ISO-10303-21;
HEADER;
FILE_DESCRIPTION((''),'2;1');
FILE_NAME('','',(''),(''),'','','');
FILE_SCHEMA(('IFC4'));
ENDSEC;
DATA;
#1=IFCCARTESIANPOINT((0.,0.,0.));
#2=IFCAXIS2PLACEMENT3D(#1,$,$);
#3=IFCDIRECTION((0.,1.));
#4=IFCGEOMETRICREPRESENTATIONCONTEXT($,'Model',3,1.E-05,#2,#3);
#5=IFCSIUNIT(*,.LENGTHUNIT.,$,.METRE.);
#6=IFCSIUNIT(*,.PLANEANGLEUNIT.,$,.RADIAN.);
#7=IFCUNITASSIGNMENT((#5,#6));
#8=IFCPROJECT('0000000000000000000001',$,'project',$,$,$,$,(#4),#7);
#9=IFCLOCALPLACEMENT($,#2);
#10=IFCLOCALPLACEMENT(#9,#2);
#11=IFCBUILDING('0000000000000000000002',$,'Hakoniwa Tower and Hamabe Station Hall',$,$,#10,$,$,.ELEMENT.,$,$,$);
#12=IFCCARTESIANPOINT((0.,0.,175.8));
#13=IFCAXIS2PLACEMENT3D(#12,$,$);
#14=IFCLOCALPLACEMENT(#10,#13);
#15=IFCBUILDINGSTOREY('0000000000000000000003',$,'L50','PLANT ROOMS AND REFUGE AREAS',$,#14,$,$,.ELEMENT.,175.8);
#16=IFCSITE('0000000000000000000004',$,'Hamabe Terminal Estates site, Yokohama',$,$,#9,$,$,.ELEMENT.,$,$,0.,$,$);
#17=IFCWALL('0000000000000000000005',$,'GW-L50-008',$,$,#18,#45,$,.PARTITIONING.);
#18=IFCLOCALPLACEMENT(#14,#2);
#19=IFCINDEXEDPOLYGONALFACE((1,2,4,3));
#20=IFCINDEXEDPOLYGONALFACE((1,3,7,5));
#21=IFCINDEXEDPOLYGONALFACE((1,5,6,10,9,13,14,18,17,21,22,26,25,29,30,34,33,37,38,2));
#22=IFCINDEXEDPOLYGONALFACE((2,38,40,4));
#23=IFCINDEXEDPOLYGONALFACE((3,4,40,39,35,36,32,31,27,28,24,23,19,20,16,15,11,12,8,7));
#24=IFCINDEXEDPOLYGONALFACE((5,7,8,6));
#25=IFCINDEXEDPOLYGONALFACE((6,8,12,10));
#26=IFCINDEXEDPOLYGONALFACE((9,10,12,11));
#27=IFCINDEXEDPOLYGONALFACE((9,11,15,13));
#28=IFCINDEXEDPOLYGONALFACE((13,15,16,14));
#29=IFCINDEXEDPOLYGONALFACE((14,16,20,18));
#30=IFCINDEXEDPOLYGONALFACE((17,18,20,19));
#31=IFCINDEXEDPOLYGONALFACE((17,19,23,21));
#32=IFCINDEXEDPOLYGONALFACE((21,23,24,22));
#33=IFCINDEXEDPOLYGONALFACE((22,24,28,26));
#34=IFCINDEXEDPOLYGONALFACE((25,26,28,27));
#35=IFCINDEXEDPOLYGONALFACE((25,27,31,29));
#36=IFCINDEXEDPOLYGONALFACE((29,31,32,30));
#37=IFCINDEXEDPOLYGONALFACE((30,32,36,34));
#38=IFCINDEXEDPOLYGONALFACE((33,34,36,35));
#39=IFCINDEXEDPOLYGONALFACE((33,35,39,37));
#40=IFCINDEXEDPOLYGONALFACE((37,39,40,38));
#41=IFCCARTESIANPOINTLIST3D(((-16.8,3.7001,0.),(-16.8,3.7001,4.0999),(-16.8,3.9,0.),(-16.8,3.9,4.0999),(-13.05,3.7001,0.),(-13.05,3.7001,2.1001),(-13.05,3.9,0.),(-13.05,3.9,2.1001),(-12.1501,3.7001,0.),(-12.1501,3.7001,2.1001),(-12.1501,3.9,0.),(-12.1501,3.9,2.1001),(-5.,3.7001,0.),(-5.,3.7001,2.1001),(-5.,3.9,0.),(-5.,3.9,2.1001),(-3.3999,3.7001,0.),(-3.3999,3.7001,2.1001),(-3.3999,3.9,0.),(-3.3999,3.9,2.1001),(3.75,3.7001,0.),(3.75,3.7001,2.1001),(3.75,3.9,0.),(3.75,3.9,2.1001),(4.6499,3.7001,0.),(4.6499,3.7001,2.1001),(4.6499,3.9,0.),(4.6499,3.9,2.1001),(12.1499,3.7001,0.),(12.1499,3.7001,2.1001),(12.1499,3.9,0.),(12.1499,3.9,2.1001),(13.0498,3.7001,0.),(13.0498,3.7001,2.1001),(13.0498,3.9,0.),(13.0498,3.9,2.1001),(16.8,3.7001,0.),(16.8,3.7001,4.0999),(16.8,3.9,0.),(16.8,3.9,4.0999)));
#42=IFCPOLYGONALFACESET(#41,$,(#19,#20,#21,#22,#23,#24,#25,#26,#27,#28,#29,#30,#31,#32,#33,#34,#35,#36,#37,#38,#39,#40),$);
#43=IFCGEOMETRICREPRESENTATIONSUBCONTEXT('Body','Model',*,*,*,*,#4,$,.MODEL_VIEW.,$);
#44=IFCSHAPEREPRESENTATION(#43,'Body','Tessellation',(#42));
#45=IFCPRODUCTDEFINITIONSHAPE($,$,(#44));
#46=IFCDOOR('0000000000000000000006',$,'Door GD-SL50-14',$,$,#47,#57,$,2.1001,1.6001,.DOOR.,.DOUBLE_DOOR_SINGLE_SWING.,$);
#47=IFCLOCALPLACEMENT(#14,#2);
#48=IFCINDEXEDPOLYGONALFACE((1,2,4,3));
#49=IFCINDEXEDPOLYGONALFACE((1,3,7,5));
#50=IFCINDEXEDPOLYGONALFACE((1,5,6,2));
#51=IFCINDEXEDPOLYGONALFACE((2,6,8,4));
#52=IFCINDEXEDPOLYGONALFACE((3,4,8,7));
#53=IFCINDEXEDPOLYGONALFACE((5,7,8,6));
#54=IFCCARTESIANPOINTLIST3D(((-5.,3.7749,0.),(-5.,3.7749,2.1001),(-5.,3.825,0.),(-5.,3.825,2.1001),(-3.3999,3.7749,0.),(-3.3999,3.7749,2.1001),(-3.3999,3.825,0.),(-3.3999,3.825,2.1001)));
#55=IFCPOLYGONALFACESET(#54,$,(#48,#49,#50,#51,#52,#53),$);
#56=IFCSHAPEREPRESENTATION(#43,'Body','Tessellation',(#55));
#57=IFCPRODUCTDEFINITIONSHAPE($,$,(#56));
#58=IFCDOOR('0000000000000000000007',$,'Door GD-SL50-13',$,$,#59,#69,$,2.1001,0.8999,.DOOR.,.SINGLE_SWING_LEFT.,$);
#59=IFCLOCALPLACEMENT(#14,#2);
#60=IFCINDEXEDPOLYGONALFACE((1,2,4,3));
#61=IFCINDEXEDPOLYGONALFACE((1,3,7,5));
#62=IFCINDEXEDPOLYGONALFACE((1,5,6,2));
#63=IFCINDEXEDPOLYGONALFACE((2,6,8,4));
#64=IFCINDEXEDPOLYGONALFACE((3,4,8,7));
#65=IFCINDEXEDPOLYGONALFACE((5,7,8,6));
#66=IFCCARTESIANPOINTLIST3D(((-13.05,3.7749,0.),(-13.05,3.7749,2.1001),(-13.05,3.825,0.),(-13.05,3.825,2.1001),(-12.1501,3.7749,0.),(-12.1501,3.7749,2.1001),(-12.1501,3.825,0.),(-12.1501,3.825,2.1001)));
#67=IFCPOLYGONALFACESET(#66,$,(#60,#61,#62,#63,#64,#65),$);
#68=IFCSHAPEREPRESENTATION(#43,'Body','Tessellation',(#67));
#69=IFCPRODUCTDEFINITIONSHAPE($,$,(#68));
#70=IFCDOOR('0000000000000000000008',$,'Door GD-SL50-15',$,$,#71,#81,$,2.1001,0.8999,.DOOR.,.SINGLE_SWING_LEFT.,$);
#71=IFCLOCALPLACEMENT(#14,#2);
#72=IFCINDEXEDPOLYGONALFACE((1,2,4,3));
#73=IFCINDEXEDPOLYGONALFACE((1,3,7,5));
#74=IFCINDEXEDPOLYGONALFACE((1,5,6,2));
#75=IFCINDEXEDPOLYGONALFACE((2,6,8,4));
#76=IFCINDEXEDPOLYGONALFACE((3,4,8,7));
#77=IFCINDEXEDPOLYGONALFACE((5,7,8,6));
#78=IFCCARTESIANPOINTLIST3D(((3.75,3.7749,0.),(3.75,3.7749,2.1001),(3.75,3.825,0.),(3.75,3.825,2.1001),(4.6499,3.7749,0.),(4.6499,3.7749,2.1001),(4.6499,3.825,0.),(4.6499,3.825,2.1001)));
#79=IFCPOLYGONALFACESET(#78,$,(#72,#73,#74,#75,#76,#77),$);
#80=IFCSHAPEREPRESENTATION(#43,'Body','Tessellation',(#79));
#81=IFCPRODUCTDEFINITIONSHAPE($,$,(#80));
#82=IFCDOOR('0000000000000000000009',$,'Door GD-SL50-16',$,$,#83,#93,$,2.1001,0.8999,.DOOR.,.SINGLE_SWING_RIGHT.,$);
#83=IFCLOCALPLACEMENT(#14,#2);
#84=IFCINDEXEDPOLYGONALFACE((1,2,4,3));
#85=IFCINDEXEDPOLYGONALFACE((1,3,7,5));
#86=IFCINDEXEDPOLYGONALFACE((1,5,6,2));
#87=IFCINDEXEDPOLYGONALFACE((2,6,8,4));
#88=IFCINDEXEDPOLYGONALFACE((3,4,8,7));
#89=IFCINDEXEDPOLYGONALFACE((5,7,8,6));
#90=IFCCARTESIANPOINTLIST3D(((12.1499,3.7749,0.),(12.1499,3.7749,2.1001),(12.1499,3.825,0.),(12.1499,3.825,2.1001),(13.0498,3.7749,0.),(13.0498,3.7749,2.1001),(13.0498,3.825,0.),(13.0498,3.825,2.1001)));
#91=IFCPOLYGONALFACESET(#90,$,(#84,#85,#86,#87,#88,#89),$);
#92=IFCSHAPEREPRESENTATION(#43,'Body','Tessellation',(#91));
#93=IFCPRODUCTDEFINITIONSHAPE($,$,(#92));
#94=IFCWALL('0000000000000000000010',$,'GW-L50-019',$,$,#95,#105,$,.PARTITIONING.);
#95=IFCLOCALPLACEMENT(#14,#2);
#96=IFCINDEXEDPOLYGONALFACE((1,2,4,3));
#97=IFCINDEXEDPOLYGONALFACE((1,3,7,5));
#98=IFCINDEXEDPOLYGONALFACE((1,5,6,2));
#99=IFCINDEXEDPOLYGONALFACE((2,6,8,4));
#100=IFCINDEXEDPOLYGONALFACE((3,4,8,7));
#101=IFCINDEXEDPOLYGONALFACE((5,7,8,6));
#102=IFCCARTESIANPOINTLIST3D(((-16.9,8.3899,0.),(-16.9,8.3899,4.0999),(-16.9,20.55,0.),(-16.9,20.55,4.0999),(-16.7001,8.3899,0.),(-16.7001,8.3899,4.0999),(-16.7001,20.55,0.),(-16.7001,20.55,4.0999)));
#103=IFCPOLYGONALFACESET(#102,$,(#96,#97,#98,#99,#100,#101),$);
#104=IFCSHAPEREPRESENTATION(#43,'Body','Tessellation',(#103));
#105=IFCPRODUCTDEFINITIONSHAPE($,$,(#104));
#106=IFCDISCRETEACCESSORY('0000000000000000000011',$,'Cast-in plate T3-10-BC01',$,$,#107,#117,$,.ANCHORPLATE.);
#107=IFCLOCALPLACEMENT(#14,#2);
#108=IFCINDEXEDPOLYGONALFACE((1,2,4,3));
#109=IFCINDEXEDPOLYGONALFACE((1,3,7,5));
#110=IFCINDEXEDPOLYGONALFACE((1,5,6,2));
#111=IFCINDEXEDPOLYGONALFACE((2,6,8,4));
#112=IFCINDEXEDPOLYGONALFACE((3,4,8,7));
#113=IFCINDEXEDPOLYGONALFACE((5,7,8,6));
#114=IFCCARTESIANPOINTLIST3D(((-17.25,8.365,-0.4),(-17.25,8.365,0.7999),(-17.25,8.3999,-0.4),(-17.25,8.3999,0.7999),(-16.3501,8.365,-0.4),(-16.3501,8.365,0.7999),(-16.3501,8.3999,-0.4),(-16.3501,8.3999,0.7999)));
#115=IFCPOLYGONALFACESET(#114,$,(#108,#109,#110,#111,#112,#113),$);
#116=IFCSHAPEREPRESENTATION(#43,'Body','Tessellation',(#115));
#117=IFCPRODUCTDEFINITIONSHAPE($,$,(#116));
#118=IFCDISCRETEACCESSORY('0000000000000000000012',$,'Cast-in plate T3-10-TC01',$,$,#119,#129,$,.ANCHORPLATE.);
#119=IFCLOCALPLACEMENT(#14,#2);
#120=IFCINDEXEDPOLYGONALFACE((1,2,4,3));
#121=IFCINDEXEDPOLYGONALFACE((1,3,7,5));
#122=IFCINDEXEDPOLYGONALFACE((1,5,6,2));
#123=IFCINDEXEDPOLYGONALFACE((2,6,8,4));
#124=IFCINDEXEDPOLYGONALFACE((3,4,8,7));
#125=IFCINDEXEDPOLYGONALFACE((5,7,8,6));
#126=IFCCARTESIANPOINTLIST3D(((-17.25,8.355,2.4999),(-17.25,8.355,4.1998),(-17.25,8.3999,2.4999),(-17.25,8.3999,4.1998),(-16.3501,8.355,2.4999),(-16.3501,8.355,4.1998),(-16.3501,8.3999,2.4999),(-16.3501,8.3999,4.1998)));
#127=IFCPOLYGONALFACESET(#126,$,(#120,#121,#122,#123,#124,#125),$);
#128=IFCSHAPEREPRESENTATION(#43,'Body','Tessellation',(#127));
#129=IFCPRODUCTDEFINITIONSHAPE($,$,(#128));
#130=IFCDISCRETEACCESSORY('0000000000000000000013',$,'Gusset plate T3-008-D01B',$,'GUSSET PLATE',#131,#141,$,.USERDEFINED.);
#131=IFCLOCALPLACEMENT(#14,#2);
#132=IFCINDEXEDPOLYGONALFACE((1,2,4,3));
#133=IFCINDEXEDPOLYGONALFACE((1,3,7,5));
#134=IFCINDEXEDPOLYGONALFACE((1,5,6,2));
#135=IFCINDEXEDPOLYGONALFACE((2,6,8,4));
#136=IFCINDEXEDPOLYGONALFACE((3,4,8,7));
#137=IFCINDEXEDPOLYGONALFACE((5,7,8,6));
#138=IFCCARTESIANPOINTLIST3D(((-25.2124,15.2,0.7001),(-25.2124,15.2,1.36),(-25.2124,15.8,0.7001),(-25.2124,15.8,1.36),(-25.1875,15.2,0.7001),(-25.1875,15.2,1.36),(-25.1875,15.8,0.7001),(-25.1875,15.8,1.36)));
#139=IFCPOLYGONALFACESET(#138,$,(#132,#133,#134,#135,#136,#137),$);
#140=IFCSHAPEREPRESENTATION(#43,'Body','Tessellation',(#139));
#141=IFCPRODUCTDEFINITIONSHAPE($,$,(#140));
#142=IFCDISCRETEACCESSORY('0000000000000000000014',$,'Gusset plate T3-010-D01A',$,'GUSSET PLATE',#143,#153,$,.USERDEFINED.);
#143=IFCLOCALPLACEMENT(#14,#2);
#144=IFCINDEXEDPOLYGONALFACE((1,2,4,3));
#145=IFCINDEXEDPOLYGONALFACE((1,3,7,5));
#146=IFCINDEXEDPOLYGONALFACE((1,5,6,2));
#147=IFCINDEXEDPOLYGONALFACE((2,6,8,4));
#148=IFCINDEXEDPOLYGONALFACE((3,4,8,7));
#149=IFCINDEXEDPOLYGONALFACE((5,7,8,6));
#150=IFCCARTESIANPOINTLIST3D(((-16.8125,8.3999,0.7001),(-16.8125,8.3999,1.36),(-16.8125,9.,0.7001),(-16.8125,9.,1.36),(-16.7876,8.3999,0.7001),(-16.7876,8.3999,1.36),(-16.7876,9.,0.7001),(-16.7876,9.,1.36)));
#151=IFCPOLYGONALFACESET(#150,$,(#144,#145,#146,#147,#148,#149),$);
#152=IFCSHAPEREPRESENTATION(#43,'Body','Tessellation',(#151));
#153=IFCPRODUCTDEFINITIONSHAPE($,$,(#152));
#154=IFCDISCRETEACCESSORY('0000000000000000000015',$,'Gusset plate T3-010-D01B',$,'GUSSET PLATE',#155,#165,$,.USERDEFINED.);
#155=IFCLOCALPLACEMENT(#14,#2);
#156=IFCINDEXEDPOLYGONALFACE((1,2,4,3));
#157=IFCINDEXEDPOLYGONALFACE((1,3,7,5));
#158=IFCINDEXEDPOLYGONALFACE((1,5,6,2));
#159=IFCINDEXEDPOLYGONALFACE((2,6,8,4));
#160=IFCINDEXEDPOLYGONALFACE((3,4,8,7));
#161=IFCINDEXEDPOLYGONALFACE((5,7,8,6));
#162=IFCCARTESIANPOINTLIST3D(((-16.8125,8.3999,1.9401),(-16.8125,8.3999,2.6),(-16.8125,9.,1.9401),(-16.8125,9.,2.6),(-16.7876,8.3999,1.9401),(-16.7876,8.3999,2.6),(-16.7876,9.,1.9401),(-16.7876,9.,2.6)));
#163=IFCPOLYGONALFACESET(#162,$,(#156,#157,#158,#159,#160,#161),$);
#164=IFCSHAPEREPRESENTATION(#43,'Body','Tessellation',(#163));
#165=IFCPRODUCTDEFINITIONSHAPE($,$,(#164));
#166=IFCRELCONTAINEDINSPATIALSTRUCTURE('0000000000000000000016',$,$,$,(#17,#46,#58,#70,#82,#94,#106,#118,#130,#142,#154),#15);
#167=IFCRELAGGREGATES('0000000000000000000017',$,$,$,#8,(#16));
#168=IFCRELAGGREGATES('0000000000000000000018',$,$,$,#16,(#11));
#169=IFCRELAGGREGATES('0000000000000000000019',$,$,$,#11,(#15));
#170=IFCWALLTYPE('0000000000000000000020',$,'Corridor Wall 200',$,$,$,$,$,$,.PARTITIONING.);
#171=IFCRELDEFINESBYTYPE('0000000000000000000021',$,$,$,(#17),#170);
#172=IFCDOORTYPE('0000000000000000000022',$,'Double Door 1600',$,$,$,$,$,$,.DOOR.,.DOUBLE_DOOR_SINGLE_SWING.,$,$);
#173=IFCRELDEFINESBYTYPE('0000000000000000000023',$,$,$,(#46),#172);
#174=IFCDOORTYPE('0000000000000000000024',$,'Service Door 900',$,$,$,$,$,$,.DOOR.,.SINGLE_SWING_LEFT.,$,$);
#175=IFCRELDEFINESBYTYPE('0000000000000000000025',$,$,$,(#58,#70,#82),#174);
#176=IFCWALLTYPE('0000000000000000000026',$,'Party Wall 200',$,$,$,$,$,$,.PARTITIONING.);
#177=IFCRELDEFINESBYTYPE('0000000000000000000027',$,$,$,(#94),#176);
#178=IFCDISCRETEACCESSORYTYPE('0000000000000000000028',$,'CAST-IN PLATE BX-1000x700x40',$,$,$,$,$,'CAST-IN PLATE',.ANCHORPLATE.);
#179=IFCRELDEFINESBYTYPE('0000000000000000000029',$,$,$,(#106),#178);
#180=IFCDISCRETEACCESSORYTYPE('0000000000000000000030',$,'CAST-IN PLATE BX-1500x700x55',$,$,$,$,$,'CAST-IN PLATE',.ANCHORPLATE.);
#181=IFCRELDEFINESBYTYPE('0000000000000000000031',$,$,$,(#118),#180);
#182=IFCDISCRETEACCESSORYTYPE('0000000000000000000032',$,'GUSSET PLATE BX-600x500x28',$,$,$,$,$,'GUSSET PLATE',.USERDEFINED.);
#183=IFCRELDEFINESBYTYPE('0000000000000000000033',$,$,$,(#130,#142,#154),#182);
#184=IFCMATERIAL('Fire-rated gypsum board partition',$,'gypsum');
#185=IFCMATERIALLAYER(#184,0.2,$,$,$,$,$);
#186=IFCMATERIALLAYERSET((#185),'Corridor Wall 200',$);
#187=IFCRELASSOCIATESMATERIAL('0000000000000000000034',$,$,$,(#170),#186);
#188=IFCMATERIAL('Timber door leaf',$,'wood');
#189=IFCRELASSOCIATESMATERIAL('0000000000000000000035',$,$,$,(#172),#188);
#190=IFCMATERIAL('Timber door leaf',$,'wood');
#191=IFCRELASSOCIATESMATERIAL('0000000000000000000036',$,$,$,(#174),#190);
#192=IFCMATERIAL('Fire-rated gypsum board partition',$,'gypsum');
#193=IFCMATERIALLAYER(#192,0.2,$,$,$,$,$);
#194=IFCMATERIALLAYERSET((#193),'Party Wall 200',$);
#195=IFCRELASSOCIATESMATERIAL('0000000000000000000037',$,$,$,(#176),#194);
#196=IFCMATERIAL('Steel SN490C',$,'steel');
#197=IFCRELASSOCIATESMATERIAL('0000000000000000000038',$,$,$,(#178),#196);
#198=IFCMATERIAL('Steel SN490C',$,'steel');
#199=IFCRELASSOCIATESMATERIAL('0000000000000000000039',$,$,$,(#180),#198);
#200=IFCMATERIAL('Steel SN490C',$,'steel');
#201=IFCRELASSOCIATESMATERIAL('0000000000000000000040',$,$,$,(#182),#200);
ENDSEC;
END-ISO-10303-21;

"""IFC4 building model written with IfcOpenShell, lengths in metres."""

from ifc_helpers import new_model, si_unit, direction, frame, frame_2d, origin, origin_2d, place, context, subcontext, project, spatial, rectangle, extrude, material, layer, layer_set, material_profile, profile_set, type_object, element, fill, save


model = new_model("IFC4")

# Units and contexts
model_context = context("Model", 3, precision=1e-05, world=origin(), true_north=direction((0.0, 1.0)))
body_context = subcontext(model_context, "Body", "Model", "MODEL_VIEW")
ifc_project = project(units=[si_unit("LENGTHUNIT", "METRE"), si_unit("PLANEANGLEUNIT", "RADIAN")], contexts=[model_context])

# Site, building, storey
site_placement = place(None, origin())
site = spatial("IfcSite", under=ifc_project, at=site_placement, Name="Hamabe Terminal Estates site, Yokohama", CompositionType="ELEMENT", RefElevation=0.0)
building_placement = place(site_placement, origin())
building = spatial("IfcBuilding", under=site, at=building_placement, Name="Hakoniwa Tower and Hamabe Station Hall", CompositionType="ELEMENT")
storey_placement = place(building_placement, frame((0.0, 0.0, 175.8)))
storey = spatial("IfcBuildingStorey", under=building, at=storey_placement, Name="L50", Description="PLANT ROOMS AND REFUGE AREAS", CompositionType="ELEMENT", Elevation=175.8)

# Wall, openings, doors
ifc_material_1 = material(Name="Fire-rated gypsum board partition", Category="gypsum")
ifc_layer_1 = layer(ifc_material_1, 0.2)
ifc_layer_set_1 = layer_set([ifc_layer_1], Name="Corridor Wall 200")
wall_type_1 = type_object("IfcWallType", Name="Corridor Wall 200", PredefinedType="PARTITIONING", material=ifc_layer_set_1)
ifc_material_2 = material(Name="Timber door leaf", Category="wood")
door_type_1 = type_object("IfcDoorType", Name="Double Door 1600", OperationType="DOUBLE_DOOR_SINGLE_SWING", PredefinedType="DOOR", material=ifc_material_2)
ifc_material_3 = material(Name="Timber door leaf", Category="wood")
door_type_2 = type_object("IfcDoorType", Name="Service Door 900", OperationType="SINGLE_SWING_LEFT", PredefinedType="DOOR", material=ifc_material_3)
wall_1_placement = place(storey_placement, frame((-16.8, 3.8, 0.0), z_axis=(0.0, 0.0, 1.0), x_axis=(1.0, 0.0, 0.0)))
wall_1 = element("IfcWall", 1, at=wall_1_placement, inside=storey, type_object=wall_type_1, Name="GW-L50-008", PredefinedType="PARTITIONING", context=body_context, shape_type="SweptSolid", body=[
    extrude(rectangle(XDim=33.6001, YDim=0.2, at=frame_2d((16.8, 0.0))), origin(), (0.0, 0.0, 1.0), 4.0999),
])
opening_1_placement = place(wall_1_placement, frame((3.75, 0.0, 0.0)))
opening_1 = element("IfcOpeningElement", 2, at=opening_1_placement, cuts=wall_1, PredefinedType="OPENING", context=body_context, shape_type="SweptSolid", body=[
    extrude(rectangle(XDim=0.8999, YDim=2.1001, at=frame_2d((0.45, 1.05))), frame((0.0, 0.1099, 0.0), z_axis=(0.0, -1.0, 0.0), x_axis=(1.0, 0.0, 0.0)), (0.0, 0.0, 1.0), 0.22),
])
opening_2_placement = place(wall_1_placement, frame((11.8, 0.0, 0.0)))
opening_2 = element("IfcOpeningElement", 3, at=opening_2_placement, cuts=wall_1, PredefinedType="OPENING", context=body_context, shape_type="SweptSolid", body=[
    extrude(rectangle(XDim=1.6001, YDim=2.1001, at=frame_2d((0.8, 1.05))), frame((0.0, 0.1099, 0.0), z_axis=(0.0, -1.0, 0.0), x_axis=(1.0, 0.0, 0.0)), (0.0, 0.0, 1.0), 0.22),
])
opening_3_placement = place(wall_1_placement, frame((20.55, 0.0, 0.0)))
opening_3 = element("IfcOpeningElement", 4, at=opening_3_placement, cuts=wall_1, PredefinedType="OPENING", context=body_context, shape_type="SweptSolid", body=[
    extrude(rectangle(XDim=0.8999, YDim=2.1001, at=frame_2d((0.45, 1.05))), frame((0.0, 0.1099, 0.0), z_axis=(0.0, -1.0, 0.0), x_axis=(1.0, 0.0, 0.0)), (0.0, 0.0, 1.0), 0.22),
])
opening_4_placement = place(wall_1_placement, frame((28.95, 0.0, 0.0)))
opening_4 = element("IfcOpeningElement", 5, at=opening_4_placement, cuts=wall_1, PredefinedType="OPENING", context=body_context, shape_type="SweptSolid", body=[
    extrude(rectangle(XDim=0.8999, YDim=2.1001, at=frame_2d((0.45, 1.05))), frame((0.0, 0.1099, 0.0), z_axis=(0.0, -1.0, 0.0), x_axis=(1.0, 0.0, 0.0)), (0.0, 0.0, 1.0), 0.22),
])
door_1_placement = place(opening_2_placement, origin())
door_1 = element("IfcDoor", 6, at=door_1_placement, inside=storey, type_object=door_type_1, Name="Door GD-SL50-14", OperationType="DOUBLE_DOOR_SINGLE_SWING", OverallHeight=2.1001, OverallWidth=1.6001, PredefinedType="DOOR", context=body_context, shape_type="SweptSolid", body=[
    extrude(rectangle(XDim=1.6001, YDim=2.1001, at=frame_2d((0.8, 1.05))), frame((0.0, 0.0249, 0.0), z_axis=(0.0, -1.0, 0.0), x_axis=(1.0, 0.0, 0.0)), (0.0, 0.0, 1.0), 0.05),
])
fill(opening_2, door_1)
door_2_placement = place(opening_1_placement, origin())
door_2 = element("IfcDoor", 7, at=door_2_placement, inside=storey, type_object=door_type_2, Name="Door GD-SL50-13", OperationType="SINGLE_SWING_LEFT", OverallHeight=2.1001, OverallWidth=0.8999, PredefinedType="DOOR", context=body_context, shape_type="SweptSolid", body=[
    extrude(rectangle(XDim=0.8999, YDim=2.1001, at=frame_2d((0.45, 1.05))), frame((0.0, 0.0249, 0.0), z_axis=(0.0, -1.0, 0.0), x_axis=(1.0, 0.0, 0.0)), (0.0, 0.0, 1.0), 0.05),
])
fill(opening_1, door_2)
door_3_placement = place(opening_3_placement, origin())
door_3 = element("IfcDoor", 8, at=door_3_placement, inside=storey, type_object=door_type_2, Name="Door GD-SL50-15", OperationType="SINGLE_SWING_LEFT", OverallHeight=2.1001, OverallWidth=0.8999, PredefinedType="DOOR", context=body_context, shape_type="SweptSolid", body=[
    extrude(rectangle(XDim=0.8999, YDim=2.1001, at=frame_2d((0.45, 1.05))), frame((0.0, 0.0249, 0.0), z_axis=(0.0, -1.0, 0.0), x_axis=(1.0, 0.0, 0.0)), (0.0, 0.0, 1.0), 0.05),
])
fill(opening_3, door_3)
door_4_placement = place(opening_4_placement, origin())
door_4 = element("IfcDoor", 9, at=door_4_placement, inside=storey, type_object=door_type_2, Name="Door GD-SL50-16", OperationType="SINGLE_SWING_RIGHT", OverallHeight=2.1001, OverallWidth=0.8999, PredefinedType="DOOR", context=body_context, shape_type="SweptSolid", body=[
    extrude(rectangle(XDim=0.8999, YDim=2.1001, at=frame_2d((0.45, 1.05))), frame((0.0, 0.0249, 0.0), z_axis=(0.0, -1.0, 0.0), x_axis=(1.0, 0.0, 0.0)), (0.0, 0.0, 1.0), 0.05),
])
fill(opening_4, door_4)

# Wall
ifc_material_4 = material(Name="Fire-rated gypsum board partition", Category="gypsum")
ifc_layer_2 = layer(ifc_material_4, 0.2)
ifc_layer_set_2 = layer_set([ifc_layer_2], Name="Party Wall 200")
wall_type_2 = type_object("IfcWallType", Name="Party Wall 200", PredefinedType="PARTITIONING", material=ifc_layer_set_2)
wall_2_placement = place(storey_placement, frame((-16.8, 8.3899, 0.0), z_axis=(0.0, 0.0, 1.0), x_axis=(0.0, 1.0, 0.0)))
element("IfcWall", 10, at=wall_2_placement, inside=storey, type_object=wall_type_2, Name="GW-L50-019", PredefinedType="PARTITIONING", context=body_context, shape_type="SweptSolid", body=[
    extrude(rectangle(XDim=12.1602, YDim=0.2, at=frame_2d((6.0801, 0.0))), origin(), (0.0, 0.0, 1.0), 4.0999),
])

# Discrete accessories
ifc_material_5 = material(Name="Steel SN490C", Category="steel")
ifc_material_profile_1 = material_profile(ifc_material_5, rectangle(XDim=0.8999, YDim=1.2, at=origin_2d()), Name="CAST-IN PLATE BX-1000x700x40")
ifc_profile_set_1 = profile_set([ifc_material_profile_1], Name="Steel SN490C")
discrete_accessory_type_1 = type_object("IfcDiscreteAccessoryType", Name="CAST-IN PLATE BX-1000x700x40", ElementType="CAST-IN PLATE", PredefinedType="ANCHORPLATE", material=ifc_profile_set_1)
discrete_accessory_1_placement = place(storey_placement, frame((-16.8, 8.365, 0.2), z_axis=(0.0, 1.0, 0.0), x_axis=(-1.0, 0.0, 0.0)))
element("IfcDiscreteAccessory", 11, at=discrete_accessory_1_placement, inside=storey, type_object=discrete_accessory_type_1, Name="Cast-in plate T3-10-BC01", PredefinedType="ANCHORPLATE", context=body_context, shape_type="SweptSolid", body=[
    extrude(rectangle(XDim=0.8999, YDim=1.2, at=origin_2d()), origin(), (0.0, 0.0, 1.0), 0.0349),
])
ifc_material_6 = material(Name="Steel SN490C", Category="steel")
ifc_material_profile_2 = material_profile(ifc_material_6, rectangle(XDim=0.8999, YDim=1.7, at=origin_2d()), Name="CAST-IN PLATE BX-1500x700x55")
ifc_profile_set_2 = profile_set([ifc_material_profile_2], Name="Steel SN490C")
discrete_accessory_type_2 = type_object("IfcDiscreteAccessoryType", Name="CAST-IN PLATE BX-1500x700x55", ElementType="CAST-IN PLATE", PredefinedType="ANCHORPLATE", material=ifc_profile_set_2)
discrete_accessory_2_placement = place(storey_placement, frame((-16.8, 8.355, 3.3499), z_axis=(0.0, 1.0, 0.0), x_axis=(-1.0, 0.0, 0.0)))
element("IfcDiscreteAccessory", 12, at=discrete_accessory_2_placement, inside=storey, type_object=discrete_accessory_type_2, Name="Cast-in plate T3-10-TC01", PredefinedType="ANCHORPLATE", context=body_context, shape_type="SweptSolid", body=[
    extrude(rectangle(XDim=0.8999, YDim=1.7, at=origin_2d()), origin(), (0.0, 0.0, 1.0), 0.0449),
])
ifc_material_7 = material(Name="Steel SN490C", Category="steel")
ifc_material_profile_3 = material_profile(ifc_material_7, rectangle(XDim=0.6001, YDim=0.6599, at=origin_2d()), Name="GUSSET PLATE BX-600x500x28")
ifc_profile_set_3 = profile_set([ifc_material_profile_3], Name="Steel SN490C")
discrete_accessory_type_3 = type_object("IfcDiscreteAccessoryType", Name="GUSSET PLATE BX-600x500x28", ElementType="GUSSET PLATE", PredefinedType="USERDEFINED", material=ifc_profile_set_3)
for number, where, z_axis, x_axis, name in (
    (13, (-25.1875, 15.5, 1.03), (-1.0, 0.0, 0.0), (0.0, -1.0, 0.0), "Gusset plate T3-008-D01B"),
    (14, (-16.7876, 8.7, 1.03), (-1.0, 0.0, 0.0), (0.0, -1.0, 0.0), "Gusset plate T3-010-D01A"),
    (15, (-16.7876, 8.7, 2.27), (-1.0, 0.0, 0.0), (0.0, -1.0, 0.0), "Gusset plate T3-010-D01B"),
):
    element("IfcDiscreteAccessory", number, at=place(storey_placement, frame(where, z_axis=z_axis, x_axis=x_axis)), inside=storey, type_object=discrete_accessory_type_3, Name=name, ObjectType="GUSSET PLATE", PredefinedType="USERDEFINED", context=body_context, shape_type="SweptSolid", body=[
        extrude(rectangle(XDim=0.6001, YDim=0.6599, at=origin_2d()), origin(), (0.0, 0.0, 1.0), 0.0249),
    ])

save(model, "model.ifc")
